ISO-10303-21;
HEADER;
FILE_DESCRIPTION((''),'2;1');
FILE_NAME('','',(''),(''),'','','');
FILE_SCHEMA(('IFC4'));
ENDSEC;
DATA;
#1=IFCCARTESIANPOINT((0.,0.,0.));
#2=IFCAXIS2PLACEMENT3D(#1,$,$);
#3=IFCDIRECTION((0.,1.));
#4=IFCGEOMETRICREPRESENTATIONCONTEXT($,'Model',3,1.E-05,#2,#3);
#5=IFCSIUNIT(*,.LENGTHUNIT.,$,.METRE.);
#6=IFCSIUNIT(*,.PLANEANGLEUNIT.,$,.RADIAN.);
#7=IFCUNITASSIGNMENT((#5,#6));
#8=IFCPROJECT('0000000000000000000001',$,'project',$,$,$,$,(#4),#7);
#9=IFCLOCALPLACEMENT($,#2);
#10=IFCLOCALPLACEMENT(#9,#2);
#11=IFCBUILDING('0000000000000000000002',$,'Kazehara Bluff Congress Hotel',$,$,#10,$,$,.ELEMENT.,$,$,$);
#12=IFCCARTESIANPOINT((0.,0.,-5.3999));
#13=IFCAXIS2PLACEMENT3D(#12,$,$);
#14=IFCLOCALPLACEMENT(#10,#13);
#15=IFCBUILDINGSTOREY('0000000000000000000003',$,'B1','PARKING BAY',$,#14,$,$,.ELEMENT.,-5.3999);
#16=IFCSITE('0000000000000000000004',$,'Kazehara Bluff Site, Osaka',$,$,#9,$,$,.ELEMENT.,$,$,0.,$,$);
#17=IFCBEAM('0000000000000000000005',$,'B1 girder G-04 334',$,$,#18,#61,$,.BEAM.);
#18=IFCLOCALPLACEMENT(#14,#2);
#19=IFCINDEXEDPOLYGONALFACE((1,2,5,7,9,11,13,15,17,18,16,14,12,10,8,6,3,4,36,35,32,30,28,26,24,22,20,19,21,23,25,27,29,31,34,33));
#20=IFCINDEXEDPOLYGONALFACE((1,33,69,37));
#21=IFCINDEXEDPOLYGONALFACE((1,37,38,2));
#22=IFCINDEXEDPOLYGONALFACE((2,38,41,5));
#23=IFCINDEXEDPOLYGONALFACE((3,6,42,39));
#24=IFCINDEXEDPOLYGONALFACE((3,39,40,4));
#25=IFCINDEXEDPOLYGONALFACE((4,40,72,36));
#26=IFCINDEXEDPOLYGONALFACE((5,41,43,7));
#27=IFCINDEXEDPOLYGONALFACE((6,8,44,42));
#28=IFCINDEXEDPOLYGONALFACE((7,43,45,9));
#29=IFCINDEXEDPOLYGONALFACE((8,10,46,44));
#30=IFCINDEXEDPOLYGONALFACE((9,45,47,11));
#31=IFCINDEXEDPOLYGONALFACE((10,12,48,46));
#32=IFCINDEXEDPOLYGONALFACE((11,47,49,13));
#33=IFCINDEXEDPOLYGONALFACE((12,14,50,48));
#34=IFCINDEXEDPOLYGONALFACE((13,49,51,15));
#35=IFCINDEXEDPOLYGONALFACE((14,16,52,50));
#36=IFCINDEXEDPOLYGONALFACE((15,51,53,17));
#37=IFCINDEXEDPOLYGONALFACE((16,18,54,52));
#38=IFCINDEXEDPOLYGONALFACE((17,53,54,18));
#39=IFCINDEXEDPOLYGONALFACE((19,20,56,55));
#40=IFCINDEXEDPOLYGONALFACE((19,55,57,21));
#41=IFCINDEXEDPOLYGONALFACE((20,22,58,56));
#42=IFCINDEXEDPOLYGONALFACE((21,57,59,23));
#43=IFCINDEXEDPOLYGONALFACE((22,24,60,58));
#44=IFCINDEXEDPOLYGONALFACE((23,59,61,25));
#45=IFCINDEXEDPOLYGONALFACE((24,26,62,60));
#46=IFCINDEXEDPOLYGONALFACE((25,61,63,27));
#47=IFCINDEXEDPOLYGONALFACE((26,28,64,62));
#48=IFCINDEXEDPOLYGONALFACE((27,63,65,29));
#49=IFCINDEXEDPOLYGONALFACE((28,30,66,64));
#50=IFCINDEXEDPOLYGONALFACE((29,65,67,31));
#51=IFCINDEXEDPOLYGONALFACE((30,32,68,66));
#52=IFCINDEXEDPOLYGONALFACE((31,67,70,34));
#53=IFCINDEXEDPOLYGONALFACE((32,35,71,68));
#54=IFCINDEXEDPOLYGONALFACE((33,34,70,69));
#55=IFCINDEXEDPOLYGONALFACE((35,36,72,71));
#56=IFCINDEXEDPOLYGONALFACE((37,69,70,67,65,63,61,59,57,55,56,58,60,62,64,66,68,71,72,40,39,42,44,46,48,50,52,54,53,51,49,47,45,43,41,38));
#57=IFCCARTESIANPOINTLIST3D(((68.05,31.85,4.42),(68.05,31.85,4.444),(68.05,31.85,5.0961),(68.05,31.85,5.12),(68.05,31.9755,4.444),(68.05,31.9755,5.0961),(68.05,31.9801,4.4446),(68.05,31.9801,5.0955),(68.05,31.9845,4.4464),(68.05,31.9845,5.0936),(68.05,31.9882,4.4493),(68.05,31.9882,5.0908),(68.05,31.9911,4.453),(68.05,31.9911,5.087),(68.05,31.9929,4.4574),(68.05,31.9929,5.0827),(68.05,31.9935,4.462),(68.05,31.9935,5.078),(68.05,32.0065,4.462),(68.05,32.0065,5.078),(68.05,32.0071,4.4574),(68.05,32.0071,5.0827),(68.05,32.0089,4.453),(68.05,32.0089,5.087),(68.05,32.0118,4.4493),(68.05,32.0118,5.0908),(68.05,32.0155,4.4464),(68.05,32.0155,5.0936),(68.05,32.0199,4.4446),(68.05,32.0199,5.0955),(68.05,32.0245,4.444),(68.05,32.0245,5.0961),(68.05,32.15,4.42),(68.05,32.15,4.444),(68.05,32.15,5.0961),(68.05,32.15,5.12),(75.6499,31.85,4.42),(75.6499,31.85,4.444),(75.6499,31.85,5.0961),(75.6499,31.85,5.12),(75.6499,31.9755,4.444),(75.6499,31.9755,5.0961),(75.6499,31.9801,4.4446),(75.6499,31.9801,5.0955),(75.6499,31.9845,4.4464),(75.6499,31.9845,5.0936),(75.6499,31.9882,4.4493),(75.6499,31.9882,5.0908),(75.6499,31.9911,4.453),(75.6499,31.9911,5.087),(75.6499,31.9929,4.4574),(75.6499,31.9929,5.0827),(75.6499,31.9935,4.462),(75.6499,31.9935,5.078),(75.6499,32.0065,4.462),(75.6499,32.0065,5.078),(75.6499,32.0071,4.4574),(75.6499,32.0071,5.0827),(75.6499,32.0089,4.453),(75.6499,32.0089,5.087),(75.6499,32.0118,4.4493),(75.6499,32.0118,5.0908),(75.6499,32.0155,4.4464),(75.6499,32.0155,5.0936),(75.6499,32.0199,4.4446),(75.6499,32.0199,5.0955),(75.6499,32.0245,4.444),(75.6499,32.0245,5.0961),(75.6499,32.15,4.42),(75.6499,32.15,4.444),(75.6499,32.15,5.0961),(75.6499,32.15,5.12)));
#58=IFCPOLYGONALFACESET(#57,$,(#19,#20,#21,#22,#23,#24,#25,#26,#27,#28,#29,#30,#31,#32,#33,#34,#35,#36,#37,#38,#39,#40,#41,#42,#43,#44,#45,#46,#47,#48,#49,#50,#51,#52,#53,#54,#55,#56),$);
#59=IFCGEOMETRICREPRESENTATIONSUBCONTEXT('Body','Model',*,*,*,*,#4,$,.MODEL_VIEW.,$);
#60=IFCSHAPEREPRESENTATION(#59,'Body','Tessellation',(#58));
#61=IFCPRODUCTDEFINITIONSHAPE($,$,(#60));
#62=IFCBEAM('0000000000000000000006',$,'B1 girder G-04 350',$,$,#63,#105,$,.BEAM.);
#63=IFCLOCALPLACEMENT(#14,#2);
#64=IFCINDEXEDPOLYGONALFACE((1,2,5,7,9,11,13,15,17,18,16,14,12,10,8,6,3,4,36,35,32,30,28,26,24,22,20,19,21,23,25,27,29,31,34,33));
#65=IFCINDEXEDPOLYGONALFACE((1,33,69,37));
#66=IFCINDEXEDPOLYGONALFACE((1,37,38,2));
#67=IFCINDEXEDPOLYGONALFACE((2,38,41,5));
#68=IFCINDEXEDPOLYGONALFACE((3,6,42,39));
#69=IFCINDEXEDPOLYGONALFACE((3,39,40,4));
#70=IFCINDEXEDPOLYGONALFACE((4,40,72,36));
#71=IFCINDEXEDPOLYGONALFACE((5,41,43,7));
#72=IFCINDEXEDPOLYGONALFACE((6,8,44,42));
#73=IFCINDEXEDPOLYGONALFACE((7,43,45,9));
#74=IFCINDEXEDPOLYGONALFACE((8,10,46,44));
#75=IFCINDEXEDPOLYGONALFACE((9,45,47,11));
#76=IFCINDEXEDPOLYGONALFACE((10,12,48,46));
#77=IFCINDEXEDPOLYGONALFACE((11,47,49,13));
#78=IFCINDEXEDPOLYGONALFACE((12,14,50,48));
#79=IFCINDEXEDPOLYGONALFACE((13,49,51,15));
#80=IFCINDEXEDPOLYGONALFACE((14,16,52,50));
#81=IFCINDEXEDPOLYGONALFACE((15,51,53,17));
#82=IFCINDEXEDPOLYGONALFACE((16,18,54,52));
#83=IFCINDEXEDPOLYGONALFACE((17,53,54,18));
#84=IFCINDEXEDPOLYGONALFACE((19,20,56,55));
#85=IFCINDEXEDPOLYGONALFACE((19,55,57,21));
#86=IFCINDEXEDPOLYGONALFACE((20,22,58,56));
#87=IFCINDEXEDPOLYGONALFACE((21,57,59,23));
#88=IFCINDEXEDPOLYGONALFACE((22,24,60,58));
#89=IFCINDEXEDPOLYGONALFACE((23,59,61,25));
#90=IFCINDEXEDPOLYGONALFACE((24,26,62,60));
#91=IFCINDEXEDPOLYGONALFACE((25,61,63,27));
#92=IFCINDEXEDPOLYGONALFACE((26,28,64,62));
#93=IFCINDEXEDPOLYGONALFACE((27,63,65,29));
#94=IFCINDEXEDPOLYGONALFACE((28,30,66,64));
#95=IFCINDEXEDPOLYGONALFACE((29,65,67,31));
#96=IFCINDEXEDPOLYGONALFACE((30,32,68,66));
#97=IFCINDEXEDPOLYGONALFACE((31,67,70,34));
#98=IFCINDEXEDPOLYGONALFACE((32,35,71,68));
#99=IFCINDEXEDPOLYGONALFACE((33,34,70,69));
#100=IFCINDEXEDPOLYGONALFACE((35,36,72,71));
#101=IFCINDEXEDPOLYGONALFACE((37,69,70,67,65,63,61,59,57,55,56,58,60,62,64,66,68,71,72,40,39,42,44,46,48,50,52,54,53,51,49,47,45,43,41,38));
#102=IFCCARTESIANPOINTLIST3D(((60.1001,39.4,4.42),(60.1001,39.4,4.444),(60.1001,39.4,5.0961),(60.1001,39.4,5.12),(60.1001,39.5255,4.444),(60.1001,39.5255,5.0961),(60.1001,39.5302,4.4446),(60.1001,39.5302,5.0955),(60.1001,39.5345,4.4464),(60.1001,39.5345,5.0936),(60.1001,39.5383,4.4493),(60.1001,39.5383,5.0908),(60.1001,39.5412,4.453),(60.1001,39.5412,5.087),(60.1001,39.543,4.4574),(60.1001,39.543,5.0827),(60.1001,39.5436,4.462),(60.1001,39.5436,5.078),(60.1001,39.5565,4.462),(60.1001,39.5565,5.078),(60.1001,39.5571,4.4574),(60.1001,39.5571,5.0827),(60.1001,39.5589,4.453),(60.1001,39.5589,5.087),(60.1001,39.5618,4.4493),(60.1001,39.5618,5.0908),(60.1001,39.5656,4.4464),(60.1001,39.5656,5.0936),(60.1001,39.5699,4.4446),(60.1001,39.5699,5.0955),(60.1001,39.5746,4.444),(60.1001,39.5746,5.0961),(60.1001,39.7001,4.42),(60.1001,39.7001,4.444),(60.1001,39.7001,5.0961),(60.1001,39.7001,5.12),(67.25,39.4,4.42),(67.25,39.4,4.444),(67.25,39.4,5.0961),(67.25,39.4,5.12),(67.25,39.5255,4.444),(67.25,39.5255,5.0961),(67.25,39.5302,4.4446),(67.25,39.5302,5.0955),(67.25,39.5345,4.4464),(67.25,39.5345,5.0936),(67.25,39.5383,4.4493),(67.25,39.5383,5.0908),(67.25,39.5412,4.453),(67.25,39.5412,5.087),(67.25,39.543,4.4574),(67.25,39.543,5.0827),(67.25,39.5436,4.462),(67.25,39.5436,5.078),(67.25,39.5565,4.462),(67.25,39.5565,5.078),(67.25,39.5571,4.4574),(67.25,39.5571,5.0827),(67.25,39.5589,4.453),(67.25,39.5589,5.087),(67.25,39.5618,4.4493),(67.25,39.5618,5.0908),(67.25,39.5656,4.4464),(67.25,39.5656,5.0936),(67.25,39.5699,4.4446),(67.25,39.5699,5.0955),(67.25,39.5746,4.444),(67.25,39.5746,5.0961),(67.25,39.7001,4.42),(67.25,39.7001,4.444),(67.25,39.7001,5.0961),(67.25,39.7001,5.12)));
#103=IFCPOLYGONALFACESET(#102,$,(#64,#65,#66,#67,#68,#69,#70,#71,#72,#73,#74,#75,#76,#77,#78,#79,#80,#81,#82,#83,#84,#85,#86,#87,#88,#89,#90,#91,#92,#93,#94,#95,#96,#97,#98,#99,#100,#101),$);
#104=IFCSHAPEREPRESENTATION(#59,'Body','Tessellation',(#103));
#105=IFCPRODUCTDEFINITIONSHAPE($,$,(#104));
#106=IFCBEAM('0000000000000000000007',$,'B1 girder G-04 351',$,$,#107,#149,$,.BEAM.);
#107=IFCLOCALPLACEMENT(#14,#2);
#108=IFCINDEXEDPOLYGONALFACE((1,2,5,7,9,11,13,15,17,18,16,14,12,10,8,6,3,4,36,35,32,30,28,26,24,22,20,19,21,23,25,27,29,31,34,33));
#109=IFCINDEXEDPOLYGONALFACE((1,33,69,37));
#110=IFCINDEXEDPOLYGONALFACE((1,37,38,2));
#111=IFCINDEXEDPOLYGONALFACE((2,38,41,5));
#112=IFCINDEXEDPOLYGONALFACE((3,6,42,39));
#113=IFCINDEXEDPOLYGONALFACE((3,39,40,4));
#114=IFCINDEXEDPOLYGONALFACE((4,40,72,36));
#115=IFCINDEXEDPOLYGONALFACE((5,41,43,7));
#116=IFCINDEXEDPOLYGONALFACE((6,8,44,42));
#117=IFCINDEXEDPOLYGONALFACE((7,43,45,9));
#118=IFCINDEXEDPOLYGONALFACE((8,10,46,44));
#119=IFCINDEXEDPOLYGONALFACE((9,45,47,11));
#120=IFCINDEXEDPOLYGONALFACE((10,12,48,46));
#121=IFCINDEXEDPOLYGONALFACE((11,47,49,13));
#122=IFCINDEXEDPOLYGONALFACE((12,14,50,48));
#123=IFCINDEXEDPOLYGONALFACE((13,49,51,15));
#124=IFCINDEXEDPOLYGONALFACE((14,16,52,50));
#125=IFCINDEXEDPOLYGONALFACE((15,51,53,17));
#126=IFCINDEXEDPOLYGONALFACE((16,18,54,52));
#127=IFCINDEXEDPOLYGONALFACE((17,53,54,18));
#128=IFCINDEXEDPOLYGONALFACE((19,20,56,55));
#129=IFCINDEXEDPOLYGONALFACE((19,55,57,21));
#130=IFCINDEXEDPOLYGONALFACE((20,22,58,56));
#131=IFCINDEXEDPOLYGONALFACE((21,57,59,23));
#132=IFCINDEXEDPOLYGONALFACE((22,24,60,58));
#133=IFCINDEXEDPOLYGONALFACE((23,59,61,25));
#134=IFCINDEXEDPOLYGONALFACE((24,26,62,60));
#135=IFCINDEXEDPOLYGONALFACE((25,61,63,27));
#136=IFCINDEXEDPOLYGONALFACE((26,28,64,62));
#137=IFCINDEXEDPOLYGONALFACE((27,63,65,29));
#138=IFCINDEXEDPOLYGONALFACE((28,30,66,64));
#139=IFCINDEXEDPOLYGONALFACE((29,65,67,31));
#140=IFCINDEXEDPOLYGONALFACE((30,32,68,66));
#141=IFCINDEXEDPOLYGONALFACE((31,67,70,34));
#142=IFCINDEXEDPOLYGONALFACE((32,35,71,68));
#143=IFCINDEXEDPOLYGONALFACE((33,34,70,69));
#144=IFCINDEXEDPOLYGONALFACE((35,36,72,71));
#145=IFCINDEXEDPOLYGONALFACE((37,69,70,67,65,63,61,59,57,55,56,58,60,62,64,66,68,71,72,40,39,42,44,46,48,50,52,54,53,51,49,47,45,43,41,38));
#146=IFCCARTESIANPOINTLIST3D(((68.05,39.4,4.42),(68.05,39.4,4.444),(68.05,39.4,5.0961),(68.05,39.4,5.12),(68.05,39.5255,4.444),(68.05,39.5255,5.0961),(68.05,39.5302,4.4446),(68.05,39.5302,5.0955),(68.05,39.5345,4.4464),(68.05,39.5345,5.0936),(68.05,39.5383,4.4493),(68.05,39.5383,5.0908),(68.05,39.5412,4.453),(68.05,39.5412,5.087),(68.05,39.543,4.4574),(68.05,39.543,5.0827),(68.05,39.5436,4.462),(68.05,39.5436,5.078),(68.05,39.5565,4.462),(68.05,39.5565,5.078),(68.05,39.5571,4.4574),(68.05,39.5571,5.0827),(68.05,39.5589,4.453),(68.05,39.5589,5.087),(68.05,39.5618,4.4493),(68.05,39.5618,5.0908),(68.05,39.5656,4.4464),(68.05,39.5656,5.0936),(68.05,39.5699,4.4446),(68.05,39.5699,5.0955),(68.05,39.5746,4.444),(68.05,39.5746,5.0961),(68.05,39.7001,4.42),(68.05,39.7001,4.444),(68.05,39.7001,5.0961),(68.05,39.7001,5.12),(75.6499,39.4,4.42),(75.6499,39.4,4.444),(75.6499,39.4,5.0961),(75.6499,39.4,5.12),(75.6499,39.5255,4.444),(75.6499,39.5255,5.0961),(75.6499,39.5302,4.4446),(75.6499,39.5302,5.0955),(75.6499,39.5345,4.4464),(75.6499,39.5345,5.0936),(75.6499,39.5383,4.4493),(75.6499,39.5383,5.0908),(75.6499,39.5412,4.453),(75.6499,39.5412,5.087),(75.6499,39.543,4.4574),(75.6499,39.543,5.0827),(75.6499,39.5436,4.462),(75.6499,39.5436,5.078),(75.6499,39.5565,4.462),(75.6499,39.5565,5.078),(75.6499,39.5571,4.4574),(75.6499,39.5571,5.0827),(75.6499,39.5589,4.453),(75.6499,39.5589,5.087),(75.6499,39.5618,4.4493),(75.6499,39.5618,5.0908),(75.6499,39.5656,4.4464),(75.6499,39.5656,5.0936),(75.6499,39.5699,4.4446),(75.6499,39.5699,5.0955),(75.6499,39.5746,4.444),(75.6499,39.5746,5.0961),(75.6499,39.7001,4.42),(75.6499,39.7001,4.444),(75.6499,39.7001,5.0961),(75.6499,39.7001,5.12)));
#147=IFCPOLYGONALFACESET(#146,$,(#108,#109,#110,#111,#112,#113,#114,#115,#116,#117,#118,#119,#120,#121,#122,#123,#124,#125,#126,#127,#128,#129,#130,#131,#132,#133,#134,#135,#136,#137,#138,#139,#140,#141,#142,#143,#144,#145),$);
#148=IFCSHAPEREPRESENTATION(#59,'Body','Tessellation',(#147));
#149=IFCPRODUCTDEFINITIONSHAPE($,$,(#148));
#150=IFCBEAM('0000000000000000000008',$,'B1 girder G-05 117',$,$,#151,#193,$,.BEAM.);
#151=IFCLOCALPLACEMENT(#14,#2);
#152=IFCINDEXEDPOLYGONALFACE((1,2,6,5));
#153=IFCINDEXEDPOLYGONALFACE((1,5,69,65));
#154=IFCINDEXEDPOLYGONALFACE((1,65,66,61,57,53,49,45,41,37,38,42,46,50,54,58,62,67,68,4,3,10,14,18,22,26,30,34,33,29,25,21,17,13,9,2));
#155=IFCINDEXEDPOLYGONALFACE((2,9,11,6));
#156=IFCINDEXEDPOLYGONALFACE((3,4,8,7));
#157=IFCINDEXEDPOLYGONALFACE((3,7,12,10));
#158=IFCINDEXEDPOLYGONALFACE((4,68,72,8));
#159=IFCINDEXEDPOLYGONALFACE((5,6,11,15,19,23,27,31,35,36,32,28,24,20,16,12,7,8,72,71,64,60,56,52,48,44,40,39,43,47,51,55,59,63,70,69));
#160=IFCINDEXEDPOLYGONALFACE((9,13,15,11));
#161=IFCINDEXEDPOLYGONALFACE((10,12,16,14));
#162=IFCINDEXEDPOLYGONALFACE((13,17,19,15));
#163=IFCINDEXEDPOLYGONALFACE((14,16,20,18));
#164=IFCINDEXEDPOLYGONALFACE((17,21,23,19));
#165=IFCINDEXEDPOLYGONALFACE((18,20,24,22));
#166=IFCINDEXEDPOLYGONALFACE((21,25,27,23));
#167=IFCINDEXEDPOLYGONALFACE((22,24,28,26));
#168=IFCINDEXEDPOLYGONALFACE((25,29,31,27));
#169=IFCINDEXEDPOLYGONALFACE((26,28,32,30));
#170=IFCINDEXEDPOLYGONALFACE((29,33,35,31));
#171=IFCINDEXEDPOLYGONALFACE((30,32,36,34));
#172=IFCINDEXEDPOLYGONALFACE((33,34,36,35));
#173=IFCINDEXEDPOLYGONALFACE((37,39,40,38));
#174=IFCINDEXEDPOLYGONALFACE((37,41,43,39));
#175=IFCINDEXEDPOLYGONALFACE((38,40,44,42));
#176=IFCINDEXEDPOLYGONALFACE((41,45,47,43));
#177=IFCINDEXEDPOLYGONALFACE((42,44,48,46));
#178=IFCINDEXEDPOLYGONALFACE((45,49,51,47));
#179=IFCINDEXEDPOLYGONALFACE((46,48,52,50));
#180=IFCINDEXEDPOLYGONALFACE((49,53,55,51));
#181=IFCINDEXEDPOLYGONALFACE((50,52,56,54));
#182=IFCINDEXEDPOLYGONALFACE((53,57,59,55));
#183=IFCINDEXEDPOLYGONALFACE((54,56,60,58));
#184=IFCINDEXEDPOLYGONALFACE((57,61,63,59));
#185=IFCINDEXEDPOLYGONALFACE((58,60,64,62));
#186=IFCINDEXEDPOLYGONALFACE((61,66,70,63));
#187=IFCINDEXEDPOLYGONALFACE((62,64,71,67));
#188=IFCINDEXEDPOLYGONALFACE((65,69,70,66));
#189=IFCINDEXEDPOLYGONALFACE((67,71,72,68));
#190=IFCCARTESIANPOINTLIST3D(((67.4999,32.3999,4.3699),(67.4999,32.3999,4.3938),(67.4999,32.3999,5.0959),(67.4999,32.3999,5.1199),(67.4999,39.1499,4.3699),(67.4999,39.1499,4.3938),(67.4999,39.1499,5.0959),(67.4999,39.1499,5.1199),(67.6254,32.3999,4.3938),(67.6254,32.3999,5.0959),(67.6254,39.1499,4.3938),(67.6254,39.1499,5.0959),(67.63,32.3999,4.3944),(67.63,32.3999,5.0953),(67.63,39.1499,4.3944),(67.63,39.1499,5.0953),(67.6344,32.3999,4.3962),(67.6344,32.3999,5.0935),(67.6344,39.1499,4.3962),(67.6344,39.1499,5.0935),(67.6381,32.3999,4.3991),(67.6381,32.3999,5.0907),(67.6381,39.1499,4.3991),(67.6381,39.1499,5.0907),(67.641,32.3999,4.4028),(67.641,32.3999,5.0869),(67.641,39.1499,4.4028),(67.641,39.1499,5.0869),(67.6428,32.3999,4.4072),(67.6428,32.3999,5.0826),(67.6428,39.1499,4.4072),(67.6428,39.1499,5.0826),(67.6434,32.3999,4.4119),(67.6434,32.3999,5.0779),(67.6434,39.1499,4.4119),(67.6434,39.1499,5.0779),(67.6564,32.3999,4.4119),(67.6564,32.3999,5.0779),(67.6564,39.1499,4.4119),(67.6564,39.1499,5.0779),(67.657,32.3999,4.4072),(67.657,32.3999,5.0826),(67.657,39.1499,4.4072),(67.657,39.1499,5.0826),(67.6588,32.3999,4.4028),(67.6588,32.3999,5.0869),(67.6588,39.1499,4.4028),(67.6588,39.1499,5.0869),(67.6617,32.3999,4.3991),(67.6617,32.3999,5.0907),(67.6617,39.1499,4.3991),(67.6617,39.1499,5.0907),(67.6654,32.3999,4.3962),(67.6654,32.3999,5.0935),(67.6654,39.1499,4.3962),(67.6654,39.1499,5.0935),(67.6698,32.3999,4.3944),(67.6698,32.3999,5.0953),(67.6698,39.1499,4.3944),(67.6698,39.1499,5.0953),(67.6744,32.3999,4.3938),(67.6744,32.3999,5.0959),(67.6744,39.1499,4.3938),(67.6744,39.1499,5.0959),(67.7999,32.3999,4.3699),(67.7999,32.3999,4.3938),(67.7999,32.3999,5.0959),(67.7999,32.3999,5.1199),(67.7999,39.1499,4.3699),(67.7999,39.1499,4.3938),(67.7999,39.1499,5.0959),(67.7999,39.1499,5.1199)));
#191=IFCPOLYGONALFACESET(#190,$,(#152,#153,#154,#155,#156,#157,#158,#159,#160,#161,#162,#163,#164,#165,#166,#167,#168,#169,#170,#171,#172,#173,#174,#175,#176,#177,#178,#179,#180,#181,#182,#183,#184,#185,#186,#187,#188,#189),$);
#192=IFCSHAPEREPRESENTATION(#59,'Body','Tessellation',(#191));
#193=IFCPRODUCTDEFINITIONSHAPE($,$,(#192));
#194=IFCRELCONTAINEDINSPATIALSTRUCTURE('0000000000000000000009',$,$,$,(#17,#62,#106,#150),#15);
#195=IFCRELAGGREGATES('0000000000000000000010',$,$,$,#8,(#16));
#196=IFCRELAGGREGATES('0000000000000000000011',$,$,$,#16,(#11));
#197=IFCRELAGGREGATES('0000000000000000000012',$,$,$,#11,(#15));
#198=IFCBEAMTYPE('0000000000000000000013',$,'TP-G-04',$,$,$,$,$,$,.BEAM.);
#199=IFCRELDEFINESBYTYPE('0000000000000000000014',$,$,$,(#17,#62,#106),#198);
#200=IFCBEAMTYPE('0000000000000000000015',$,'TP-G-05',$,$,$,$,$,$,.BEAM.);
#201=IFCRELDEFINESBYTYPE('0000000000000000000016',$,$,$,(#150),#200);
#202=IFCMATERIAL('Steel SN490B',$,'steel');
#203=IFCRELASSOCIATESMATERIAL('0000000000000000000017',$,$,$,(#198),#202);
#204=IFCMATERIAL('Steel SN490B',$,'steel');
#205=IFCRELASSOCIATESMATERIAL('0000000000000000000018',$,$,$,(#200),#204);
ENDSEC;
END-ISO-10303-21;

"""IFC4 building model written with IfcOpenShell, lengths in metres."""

from ifc_helpers import new_model, si_unit, direction, frame, origin, origin_2d, place, context, subcontext, project, spatial, i_section, extrude, material, material_profile, profile_set, type_object, element, save


model = new_model("IFC4")

# Units and contexts
model_context = context("Model", 3, precision=1e-05, world=origin(), true_north=direction((0.0, 1.0)))
body_context = subcontext(model_context, "Body", "Model", "MODEL_VIEW")
ifc_project = project(units=[si_unit("LENGTHUNIT", "METRE"), si_unit("PLANEANGLEUNIT", "RADIAN")], contexts=[model_context])

# Site, building, storey
site_placement = place(None, origin())
site = spatial("IfcSite", under=ifc_project, at=site_placement, Name="Kazehara Bluff Site, Osaka", CompositionType="ELEMENT", RefElevation=0.0)
building_placement = place(site_placement, origin())
building = spatial("IfcBuilding", under=site, at=building_placement, Name="Kazehara Bluff Congress Hotel", CompositionType="ELEMENT")
storey_placement = place(building_placement, frame((0.0, 0.0, -5.3999)))
storey = spatial("IfcBuildingStorey", under=building, at=storey_placement, Name="B1", Description="PARKING BAY", CompositionType="ELEMENT", Elevation=-5.3999)

# Beams
ifc_material_1 = material(Name="Steel SN490B", Category="steel")
ifc_material_profile_1 = material_profile(ifc_material_1, i_section(OverallWidth=0.3, OverallDepth=0.7, WebThickness=0.0129, FlangeThickness=0.0239, FilletRadius=0.0181, at=origin_2d()))
ifc_profile_set_1 = profile_set([ifc_material_profile_1], Name="Steel SN490B")
beam_type_1 = type_object("IfcBeamType", Name="TP-G-04", PredefinedType="BEAM", material=ifc_profile_set_1)
beam_1_placement = place(storey_placement, frame((68.05, 32.0, 4.77), z_axis=(1.0, 0.0, 0.0), x_axis=(0.0, 1.0, 0.0)))
element("IfcBeam", 1, at=beam_1_placement, inside=storey, type_object=beam_type_1, Name="B1 girder G-04 334", PredefinedType="BEAM", context=body_context, shape_type="SweptSolid", body=[
    extrude(i_section(OverallWidth=0.3, OverallDepth=0.7, WebThickness=0.0129, FlangeThickness=0.0239, FilletRadius=0.0181, at=origin_2d()), origin(), (0.0, 0.0, 1.0), 7.5999),
])
beam_2_placement = place(storey_placement, frame((60.1001, 39.55, 4.77), z_axis=(1.0, 0.0, 0.0), x_axis=(0.0, 1.0, 0.0)))
element("IfcBeam", 2, at=beam_2_placement, inside=storey, type_object=beam_type_1, Name="B1 girder G-04 350", PredefinedType="BEAM", context=body_context, shape_type="SweptSolid", body=[
    extrude(i_section(OverallWidth=0.3, OverallDepth=0.7, WebThickness=0.0129, FlangeThickness=0.0239, FilletRadius=0.0181, at=origin_2d()), origin(), (0.0, 0.0, 1.0), 7.1499),
])
beam_3_placement = place(storey_placement, frame((68.05, 39.55, 4.77), z_axis=(1.0, 0.0, 0.0), x_axis=(0.0, 1.0, 0.0)))
element("IfcBeam", 3, at=beam_3_placement, inside=storey, type_object=beam_type_1, Name="B1 girder G-04 351", PredefinedType="BEAM", context=body_context, shape_type="SweptSolid", body=[
    extrude(i_section(OverallWidth=0.3, OverallDepth=0.7, WebThickness=0.0129, FlangeThickness=0.0239, FilletRadius=0.0181, at=origin_2d()), origin(), (0.0, 0.0, 1.0), 7.5999),
])
ifc_material_2 = material(Name="Steel SN490B", Category="steel")
ifc_material_profile_2 = material_profile(ifc_material_2, i_section(OverallWidth=0.3, OverallDepth=0.75, WebThickness=0.0129, FlangeThickness=0.0239, FilletRadius=0.0181, at=origin_2d()))
ifc_profile_set_2 = profile_set([ifc_material_profile_2], Name="Steel SN490B")
beam_type_2 = type_object("IfcBeamType", Name="TP-G-05", PredefinedType="BEAM", material=ifc_profile_set_2)
beam_4_placement = place(storey_placement, frame((67.6499, 32.3999, 4.7449), z_axis=(0.0, 1.0, 0.0), x_axis=(-1.0, 0.0, 0.0)))
element("IfcBeam", 4, at=beam_4_placement, inside=storey, type_object=beam_type_2, Name="B1 girder G-05 117", PredefinedType="BEAM", context=body_context, shape_type="SweptSolid", body=[
    extrude(i_section(OverallWidth=0.3, OverallDepth=0.75, WebThickness=0.0129, FlangeThickness=0.0239, FilletRadius=0.0181, at=origin_2d()), origin(), (0.0, 0.0, 1.0), 6.75),
])

save(model, "model.ifc")
